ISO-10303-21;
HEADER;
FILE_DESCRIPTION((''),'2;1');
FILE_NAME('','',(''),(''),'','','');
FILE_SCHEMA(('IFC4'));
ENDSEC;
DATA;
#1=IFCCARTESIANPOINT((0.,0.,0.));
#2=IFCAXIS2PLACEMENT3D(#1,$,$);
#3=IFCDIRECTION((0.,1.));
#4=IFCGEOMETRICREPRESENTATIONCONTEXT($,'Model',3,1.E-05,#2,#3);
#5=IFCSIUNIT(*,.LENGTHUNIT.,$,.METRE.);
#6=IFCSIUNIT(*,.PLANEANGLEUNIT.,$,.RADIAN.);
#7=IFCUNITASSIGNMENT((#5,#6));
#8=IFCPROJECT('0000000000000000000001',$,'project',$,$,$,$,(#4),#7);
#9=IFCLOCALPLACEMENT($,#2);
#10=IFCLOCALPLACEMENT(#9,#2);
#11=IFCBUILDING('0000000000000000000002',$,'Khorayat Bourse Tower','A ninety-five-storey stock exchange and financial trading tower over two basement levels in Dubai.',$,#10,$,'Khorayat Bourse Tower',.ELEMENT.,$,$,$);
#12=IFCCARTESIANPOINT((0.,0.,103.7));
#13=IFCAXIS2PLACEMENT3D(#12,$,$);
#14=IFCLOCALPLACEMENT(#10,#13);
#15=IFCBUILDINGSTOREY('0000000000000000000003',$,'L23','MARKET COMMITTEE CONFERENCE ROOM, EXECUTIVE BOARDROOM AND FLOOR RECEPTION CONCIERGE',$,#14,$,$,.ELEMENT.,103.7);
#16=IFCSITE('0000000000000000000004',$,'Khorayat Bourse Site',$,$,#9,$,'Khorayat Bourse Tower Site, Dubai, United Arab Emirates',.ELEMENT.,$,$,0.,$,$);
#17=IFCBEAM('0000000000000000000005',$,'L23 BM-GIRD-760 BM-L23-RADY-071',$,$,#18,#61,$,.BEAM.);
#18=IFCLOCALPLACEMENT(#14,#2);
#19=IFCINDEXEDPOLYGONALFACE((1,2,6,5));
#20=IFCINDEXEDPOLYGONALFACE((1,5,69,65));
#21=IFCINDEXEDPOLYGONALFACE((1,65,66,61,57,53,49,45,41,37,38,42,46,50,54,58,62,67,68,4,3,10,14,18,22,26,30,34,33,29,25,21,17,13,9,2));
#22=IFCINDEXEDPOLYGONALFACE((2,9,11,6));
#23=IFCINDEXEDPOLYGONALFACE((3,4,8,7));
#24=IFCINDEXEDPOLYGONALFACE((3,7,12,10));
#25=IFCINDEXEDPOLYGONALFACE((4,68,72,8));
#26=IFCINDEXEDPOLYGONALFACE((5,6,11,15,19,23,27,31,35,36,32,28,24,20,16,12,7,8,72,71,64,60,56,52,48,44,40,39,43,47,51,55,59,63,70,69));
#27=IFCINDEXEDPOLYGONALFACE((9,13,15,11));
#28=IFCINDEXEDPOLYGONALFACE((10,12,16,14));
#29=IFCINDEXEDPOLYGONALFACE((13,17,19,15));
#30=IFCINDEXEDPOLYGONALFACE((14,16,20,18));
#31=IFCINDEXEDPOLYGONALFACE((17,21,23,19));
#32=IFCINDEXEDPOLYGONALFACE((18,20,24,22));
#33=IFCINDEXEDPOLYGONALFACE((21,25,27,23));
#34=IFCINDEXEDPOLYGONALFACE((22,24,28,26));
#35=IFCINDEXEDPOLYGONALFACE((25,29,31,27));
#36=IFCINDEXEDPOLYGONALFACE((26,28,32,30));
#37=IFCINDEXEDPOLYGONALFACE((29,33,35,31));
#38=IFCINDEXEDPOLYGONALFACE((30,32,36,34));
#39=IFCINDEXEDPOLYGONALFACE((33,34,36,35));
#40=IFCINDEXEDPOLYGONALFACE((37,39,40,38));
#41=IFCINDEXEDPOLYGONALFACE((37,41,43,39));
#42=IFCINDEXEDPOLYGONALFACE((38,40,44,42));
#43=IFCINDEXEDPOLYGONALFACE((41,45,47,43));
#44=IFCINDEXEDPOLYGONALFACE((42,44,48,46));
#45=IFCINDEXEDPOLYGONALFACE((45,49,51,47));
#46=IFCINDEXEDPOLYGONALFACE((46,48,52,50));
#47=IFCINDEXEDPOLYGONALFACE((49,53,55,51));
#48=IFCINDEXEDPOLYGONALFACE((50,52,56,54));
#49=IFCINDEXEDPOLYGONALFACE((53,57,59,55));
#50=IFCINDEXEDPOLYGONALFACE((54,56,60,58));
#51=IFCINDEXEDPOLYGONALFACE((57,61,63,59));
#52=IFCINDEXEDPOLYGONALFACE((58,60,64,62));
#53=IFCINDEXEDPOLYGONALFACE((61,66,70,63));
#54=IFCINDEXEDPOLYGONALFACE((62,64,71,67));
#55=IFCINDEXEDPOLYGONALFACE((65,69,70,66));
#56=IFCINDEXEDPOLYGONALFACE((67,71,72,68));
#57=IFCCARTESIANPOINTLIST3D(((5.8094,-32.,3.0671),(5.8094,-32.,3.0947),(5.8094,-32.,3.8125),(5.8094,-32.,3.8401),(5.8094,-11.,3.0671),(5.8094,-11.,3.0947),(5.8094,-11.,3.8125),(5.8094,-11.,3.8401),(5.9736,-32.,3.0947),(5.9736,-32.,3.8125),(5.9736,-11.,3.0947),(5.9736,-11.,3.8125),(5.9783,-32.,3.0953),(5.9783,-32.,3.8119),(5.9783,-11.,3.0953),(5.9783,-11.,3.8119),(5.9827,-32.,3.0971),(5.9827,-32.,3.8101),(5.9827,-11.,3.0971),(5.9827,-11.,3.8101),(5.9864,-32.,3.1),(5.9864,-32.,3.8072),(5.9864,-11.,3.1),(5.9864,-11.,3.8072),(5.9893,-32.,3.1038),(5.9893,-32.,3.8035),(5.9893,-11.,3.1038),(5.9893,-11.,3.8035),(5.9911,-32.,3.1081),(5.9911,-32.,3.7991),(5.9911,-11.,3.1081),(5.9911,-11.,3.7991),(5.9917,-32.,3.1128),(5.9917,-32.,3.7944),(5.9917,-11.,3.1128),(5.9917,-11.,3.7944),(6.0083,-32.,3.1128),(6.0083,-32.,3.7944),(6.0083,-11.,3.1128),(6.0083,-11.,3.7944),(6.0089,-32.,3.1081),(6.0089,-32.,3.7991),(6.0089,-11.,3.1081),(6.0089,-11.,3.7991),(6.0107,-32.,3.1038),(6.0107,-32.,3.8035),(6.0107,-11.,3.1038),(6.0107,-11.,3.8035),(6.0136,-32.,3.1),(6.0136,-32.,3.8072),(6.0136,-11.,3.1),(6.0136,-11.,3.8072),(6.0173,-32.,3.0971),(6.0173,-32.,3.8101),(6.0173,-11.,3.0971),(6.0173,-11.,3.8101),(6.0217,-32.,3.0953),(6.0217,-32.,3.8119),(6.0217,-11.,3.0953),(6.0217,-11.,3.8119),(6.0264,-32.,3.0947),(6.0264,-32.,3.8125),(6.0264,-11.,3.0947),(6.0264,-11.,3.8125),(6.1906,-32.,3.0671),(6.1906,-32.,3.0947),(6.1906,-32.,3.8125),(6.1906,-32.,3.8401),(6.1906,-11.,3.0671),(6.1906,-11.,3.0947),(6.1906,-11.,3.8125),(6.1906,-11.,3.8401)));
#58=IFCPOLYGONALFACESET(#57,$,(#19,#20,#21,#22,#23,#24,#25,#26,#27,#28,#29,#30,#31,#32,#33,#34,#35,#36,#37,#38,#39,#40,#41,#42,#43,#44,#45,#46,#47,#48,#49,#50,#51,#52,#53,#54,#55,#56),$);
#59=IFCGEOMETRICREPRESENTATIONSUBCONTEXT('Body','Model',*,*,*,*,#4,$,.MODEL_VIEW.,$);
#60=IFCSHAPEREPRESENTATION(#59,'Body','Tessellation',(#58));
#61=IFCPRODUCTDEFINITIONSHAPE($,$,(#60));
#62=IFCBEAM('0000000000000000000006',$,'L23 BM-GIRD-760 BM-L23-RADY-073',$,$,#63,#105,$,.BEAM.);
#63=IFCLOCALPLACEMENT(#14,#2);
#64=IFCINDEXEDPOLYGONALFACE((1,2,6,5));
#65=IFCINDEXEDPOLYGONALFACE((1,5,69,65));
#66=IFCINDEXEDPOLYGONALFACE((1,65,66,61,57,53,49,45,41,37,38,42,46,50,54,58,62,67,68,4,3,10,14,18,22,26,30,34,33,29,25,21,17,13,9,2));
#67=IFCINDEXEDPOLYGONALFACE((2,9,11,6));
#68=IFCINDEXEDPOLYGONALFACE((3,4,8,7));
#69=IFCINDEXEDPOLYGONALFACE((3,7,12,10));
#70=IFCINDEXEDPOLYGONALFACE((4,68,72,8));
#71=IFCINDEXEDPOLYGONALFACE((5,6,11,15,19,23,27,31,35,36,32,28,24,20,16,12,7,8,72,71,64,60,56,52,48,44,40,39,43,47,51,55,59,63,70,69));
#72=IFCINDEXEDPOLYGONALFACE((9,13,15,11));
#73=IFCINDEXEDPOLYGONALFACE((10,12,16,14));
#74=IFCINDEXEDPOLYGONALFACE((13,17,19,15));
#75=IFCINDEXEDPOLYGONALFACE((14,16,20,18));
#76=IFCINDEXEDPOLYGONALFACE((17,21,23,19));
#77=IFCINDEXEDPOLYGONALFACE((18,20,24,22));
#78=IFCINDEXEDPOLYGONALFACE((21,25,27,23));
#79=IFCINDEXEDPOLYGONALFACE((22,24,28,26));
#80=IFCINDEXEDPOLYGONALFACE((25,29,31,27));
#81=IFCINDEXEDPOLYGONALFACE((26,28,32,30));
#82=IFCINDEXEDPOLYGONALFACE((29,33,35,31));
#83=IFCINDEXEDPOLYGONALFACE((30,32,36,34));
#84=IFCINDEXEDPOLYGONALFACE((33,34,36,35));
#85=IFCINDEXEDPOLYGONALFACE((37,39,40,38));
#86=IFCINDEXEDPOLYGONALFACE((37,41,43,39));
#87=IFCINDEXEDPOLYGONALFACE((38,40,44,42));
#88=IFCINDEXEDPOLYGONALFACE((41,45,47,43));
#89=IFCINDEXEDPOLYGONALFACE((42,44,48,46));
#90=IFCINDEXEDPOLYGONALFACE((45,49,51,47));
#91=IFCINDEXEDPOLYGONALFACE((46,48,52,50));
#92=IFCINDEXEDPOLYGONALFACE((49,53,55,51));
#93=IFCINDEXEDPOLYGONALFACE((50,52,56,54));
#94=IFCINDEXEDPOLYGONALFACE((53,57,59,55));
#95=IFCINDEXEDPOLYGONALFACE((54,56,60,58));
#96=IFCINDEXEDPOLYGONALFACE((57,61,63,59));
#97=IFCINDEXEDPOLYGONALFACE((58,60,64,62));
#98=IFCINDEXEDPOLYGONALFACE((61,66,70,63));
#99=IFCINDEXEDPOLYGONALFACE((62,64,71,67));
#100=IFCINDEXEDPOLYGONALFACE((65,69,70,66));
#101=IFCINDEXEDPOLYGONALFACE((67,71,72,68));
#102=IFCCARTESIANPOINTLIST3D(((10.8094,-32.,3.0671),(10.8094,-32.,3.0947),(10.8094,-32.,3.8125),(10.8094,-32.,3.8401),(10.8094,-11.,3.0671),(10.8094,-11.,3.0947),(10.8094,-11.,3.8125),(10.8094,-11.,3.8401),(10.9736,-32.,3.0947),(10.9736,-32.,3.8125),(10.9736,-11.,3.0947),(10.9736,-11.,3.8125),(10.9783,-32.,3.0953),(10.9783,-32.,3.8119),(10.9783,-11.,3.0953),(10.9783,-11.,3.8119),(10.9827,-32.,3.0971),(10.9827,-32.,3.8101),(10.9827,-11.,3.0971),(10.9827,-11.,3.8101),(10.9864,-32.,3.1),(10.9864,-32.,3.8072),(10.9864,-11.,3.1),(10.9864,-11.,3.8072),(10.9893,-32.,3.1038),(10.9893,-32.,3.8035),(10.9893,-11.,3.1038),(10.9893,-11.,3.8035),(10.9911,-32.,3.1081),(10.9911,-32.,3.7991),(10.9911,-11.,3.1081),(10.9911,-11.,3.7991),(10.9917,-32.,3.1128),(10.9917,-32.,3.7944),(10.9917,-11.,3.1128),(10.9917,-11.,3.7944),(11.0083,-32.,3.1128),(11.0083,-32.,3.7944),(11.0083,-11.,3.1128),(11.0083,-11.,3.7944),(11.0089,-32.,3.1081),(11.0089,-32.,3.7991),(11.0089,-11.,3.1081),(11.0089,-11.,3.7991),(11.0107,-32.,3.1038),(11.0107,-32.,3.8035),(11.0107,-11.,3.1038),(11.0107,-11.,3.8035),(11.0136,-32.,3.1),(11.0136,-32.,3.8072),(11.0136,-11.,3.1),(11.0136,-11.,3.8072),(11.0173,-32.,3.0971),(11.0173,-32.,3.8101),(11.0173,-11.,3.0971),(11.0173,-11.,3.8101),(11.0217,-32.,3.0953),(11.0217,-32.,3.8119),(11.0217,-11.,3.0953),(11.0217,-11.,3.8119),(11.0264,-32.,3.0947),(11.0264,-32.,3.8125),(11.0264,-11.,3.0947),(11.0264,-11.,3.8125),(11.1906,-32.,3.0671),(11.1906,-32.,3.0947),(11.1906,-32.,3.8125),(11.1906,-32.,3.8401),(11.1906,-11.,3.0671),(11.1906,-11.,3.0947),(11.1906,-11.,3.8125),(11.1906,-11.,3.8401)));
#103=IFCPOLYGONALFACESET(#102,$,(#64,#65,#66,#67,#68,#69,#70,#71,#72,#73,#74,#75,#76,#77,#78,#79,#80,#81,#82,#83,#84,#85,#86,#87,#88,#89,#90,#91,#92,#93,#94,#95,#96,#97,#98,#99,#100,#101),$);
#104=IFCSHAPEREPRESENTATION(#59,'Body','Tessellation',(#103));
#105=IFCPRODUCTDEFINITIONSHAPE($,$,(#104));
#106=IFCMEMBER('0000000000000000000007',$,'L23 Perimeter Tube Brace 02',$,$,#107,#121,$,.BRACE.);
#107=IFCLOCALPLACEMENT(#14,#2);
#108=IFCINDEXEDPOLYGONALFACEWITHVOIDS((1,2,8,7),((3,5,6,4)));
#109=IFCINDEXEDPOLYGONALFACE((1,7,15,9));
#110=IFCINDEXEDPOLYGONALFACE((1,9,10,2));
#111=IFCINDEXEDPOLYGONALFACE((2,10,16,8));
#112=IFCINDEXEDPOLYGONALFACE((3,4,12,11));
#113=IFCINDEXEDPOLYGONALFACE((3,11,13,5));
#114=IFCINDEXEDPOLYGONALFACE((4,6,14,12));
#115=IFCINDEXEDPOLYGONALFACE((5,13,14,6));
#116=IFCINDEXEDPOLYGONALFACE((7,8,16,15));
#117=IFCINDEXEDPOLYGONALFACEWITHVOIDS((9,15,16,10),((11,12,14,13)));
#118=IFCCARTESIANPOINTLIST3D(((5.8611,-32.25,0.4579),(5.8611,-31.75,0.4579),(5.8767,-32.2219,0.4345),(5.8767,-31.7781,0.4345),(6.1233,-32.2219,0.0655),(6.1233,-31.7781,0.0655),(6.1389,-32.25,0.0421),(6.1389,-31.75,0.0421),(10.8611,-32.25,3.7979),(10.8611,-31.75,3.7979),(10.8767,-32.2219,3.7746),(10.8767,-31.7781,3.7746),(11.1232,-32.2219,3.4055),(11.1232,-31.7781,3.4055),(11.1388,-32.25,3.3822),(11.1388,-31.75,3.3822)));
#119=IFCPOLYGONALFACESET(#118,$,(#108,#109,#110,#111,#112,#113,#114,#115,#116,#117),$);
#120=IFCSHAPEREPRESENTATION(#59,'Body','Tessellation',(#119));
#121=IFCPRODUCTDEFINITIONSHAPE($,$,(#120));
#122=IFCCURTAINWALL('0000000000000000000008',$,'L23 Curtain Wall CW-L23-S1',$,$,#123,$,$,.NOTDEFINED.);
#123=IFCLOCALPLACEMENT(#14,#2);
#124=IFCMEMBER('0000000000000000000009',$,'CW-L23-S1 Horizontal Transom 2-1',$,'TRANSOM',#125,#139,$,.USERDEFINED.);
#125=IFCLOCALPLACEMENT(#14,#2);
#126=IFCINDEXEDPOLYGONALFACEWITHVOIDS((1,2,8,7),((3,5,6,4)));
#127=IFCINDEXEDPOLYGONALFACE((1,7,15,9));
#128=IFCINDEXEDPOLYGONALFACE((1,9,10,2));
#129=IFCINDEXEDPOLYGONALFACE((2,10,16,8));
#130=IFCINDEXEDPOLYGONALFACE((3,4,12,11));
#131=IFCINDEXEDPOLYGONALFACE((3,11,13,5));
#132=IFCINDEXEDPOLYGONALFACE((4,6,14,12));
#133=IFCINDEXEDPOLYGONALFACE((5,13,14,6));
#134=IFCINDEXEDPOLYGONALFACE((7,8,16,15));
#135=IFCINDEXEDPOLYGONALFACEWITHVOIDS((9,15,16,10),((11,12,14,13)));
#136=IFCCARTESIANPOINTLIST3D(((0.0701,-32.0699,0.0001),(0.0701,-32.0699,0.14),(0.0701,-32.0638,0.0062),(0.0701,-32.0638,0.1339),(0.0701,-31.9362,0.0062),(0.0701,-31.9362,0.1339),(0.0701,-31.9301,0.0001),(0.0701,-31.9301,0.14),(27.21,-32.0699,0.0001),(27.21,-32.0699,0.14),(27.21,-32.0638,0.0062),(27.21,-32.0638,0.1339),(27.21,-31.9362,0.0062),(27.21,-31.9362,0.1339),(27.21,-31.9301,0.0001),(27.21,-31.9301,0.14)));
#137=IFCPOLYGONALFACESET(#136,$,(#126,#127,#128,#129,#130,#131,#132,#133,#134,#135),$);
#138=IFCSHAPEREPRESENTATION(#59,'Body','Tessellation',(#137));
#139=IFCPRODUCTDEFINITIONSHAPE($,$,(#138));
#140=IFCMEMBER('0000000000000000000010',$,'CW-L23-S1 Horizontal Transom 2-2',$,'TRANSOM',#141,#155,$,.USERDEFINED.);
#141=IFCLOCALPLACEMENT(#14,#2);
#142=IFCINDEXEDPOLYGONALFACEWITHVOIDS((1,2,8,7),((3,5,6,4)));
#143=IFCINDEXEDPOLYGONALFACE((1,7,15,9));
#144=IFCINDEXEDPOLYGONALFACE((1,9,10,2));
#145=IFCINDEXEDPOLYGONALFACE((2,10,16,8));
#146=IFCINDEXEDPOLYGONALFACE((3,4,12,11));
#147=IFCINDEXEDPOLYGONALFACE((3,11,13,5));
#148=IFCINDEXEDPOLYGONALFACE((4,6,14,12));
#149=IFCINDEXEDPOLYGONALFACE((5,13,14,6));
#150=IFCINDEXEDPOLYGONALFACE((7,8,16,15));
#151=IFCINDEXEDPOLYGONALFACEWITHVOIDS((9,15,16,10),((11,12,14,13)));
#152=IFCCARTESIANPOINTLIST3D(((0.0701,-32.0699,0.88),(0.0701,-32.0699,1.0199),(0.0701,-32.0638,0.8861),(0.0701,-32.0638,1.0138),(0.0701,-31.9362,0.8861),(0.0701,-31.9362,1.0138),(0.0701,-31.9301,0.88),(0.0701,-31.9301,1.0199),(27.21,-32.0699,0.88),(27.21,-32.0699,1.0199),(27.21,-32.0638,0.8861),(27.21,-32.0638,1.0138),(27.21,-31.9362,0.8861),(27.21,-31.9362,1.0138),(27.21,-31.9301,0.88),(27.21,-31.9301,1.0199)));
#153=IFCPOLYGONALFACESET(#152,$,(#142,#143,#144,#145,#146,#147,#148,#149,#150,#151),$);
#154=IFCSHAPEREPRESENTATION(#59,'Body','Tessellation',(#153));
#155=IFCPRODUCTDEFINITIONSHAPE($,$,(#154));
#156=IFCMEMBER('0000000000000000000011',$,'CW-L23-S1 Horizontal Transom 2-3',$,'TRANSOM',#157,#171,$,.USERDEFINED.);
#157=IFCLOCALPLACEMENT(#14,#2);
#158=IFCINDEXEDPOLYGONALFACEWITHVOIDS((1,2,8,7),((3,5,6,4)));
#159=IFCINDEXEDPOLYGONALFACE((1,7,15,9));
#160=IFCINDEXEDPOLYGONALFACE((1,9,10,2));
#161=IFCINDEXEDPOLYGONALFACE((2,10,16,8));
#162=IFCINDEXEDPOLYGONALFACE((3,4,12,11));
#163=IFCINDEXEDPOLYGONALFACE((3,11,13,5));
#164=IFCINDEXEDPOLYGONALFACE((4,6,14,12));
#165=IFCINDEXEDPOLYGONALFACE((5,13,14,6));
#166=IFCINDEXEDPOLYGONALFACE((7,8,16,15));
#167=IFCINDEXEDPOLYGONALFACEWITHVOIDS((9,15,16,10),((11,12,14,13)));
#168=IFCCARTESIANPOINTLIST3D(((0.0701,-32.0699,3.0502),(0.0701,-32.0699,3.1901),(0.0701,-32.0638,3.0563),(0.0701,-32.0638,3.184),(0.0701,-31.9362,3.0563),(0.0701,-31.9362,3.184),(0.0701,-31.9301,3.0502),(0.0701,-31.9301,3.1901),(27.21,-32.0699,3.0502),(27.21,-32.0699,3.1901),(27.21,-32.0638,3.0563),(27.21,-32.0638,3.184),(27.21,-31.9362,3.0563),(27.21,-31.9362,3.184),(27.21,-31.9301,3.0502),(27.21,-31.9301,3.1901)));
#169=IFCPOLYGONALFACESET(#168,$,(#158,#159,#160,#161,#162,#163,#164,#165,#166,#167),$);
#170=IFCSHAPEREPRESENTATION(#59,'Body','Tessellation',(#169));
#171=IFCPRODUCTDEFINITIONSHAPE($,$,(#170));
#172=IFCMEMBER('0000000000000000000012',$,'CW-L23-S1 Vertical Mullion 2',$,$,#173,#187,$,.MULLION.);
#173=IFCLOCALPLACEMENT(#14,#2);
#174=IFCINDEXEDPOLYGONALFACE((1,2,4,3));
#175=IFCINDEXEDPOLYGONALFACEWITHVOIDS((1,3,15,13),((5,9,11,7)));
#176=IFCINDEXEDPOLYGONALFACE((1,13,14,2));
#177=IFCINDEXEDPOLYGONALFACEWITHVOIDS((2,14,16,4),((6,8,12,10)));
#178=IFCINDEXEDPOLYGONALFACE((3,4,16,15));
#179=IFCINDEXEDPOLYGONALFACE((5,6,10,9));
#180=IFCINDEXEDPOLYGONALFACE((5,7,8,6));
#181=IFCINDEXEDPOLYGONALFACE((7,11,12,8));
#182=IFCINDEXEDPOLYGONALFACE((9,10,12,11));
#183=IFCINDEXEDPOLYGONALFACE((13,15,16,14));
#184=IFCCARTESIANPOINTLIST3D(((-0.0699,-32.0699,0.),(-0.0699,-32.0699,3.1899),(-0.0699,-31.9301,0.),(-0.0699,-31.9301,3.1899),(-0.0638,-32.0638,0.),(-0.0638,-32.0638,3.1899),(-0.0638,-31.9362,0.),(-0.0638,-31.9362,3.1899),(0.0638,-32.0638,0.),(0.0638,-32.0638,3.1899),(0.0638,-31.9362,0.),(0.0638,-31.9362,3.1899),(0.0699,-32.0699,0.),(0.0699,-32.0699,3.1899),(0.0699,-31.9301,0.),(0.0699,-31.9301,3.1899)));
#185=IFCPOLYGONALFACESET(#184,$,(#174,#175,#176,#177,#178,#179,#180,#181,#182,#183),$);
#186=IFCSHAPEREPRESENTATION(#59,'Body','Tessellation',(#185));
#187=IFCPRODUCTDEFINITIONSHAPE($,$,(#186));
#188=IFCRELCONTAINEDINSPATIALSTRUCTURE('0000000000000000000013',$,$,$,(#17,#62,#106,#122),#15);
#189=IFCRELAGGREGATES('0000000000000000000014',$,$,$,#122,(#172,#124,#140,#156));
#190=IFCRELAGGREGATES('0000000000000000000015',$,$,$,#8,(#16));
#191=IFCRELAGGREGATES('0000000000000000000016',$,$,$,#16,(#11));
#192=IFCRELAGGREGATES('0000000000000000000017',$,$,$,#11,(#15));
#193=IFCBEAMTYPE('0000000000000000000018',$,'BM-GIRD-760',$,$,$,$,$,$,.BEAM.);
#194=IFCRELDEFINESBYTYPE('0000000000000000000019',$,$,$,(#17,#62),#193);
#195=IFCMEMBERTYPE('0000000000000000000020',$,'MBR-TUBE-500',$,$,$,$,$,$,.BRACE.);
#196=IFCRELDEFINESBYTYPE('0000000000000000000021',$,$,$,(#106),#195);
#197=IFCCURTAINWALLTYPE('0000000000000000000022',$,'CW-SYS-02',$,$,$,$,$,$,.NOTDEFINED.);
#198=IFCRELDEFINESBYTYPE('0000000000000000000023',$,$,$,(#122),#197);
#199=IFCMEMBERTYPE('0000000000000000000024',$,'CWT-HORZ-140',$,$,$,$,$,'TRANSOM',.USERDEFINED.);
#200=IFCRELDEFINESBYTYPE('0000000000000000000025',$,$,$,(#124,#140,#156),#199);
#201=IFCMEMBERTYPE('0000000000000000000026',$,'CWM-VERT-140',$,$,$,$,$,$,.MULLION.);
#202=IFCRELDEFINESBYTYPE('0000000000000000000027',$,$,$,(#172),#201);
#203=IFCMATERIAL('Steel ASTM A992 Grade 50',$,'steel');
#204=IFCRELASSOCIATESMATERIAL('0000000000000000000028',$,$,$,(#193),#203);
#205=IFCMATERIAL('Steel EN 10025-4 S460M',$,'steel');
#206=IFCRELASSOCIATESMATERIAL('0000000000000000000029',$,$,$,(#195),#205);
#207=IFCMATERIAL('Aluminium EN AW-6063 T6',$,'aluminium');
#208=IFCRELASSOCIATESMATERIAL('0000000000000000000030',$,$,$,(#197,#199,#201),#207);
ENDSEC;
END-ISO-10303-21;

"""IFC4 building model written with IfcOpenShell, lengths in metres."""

from ifc_helpers import new_model, si_unit, direction, frame, origin, origin_2d, place, context, subcontext, project, spatial, hollow_rectangle, i_section, extrude, source, transform, mapped, material, material_profile, profile_set, type_object, element, aggregate, save


model = new_model("IFC4")

# Units and contexts
model_context = context("Model", 3, precision=1e-05, world=origin(), true_north=direction((0.0, 1.0)))
body_context = subcontext(model_context, "Body", "Model", "MODEL_VIEW")
ifc_project = project(units=[si_unit("LENGTHUNIT", "METRE"), si_unit("PLANEANGLEUNIT", "RADIAN")], contexts=[model_context])

# Site, building, storey
site_placement = place(None, origin())
site = spatial("IfcSite", under=ifc_project, at=site_placement, Name="Khorayat Bourse Site", LongName="Khorayat Bourse Tower Site, Dubai, United Arab Emirates", CompositionType="ELEMENT", RefElevation=0.0)
building_placement = place(site_placement, origin())
building = spatial("IfcBuilding", under=site, at=building_placement, Name="Khorayat Bourse Tower", Description="A ninety-five-storey stock exchange and financial trading tower over two basement levels in Dubai.", LongName="Khorayat Bourse Tower", CompositionType="ELEMENT")
storey_placement = place(building_placement, frame((0.0, 0.0, 103.7)))
storey = spatial("IfcBuildingStorey", under=building, at=storey_placement, Name="L23", Description="MARKET COMMITTEE CONFERENCE ROOM, EXECUTIVE BOARDROOM AND FLOOR RECEPTION CONCIERGE", CompositionType="ELEMENT", Elevation=103.7)

# Shared definitions
ifc_material_1 = material(Name="Steel EN 10025-4 S460M", Category="steel")

# Beams
ifc_material_2 = material(Name="Steel ASTM A992 Grade 50", Category="steel")
ifc_material_profile_1 = material_profile(ifc_material_2, i_section(OverallWidth=0.3811, OverallDepth=0.7729, WebThickness=0.0166, FlangeThickness=0.0276, FilletRadius=0.0181, at=origin_2d()), Name="W760X257")
ifc_profile_set_1 = profile_set([ifc_material_profile_1], Name="Steel ASTM A992 Grade 50")
beam_type_1 = type_object("IfcBeamType", Name="BM-GIRD-760", PredefinedType="BEAM", material=ifc_profile_set_1)
shared_shape_1 = source(origin(), body_context, "Body", "SweptSolid", [
    extrude(i_section(OverallWidth=0.3811, OverallDepth=0.7729, WebThickness=0.0166, FlangeThickness=0.0276, FilletRadius=0.0181, at=origin_2d()), origin(), (0.0, 0.0, 1.0), 21.0),
])
for number, where, z_axis, x_axis, name in (
    (1, (6.0, -32.0, 3.4536), (0.0, 1.0, 0.0), (-1.0, 0.0, 0.0), "L23 BM-GIRD-760 BM-L23-RADY-071"),
    (2, (11.0, -32.0, 3.4536), (0.0, 1.0, 0.0), (-1.0, 0.0, 0.0), "L23 BM-GIRD-760 BM-L23-RADY-073"),
):
    element("IfcBeam", number, at=place(storey_placement, frame(where, z_axis=z_axis, x_axis=x_axis)), inside=storey, type_object=beam_type_1, Name=name, PredefinedType="BEAM", context=body_context, shape_type="MappedRepresentation", body=[
        mapped(shared_shape_1, transform((0.0, 0.0, 0.0), scale=1.0)),
    ])

# Member
ifc_material_profile_2 = material_profile(ifc_material_1, hollow_rectangle(XDim=0.5, YDim=0.5, WallThickness=0.0281, at=origin_2d()), Name="HSS 500x500x28")
ifc_profile_set_2 = profile_set([ifc_material_profile_2], Name="Steel EN 10025-4 S460M")
member_type_1 = type_object("IfcMemberType", Name="MBR-TUBE-500", PredefinedType="BRACE", material=ifc_profile_set_2)
shared_shape_2 = source(origin(), body_context, "Body", "SweptSolid", [
    extrude(hollow_rectangle(XDim=0.5, YDim=0.5, WallThickness=0.0281, at=origin_2d()), origin(), (0.0, 0.0, 1.0), 6.0129),
])
member_1_placement = place(storey_placement, frame((6.0, -32.0, 0.25), z_axis=(0.831531, 0.0, 0.555478), x_axis=(0.0, 1.0, 0.0)))
element("IfcMember", 3, at=member_1_placement, inside=storey, type_object=member_type_1, Name="L23 Perimeter Tube Brace 02", PredefinedType="BRACE", context=body_context, shape_type="MappedRepresentation", body=[
    mapped(shared_shape_2, transform((0.0, 0.0, 0.0), scale=1.0)),
])

# Curtain wall, members
ifc_material_3 = material(Name="Aluminium EN AW-6063 T6", Category="aluminium")
curtain_wall_type = type_object("IfcCurtainWallType", Name="CW-SYS-02", PredefinedType="NOTDEFINED", material=ifc_material_3)
curtain_wall_placement = place(storey_placement, origin())
curtain_wall = element("IfcCurtainWall", 4, at=curtain_wall_placement, inside=storey, type_object=curtain_wall_type, Name="L23 Curtain Wall CW-L23-S1", PredefinedType="NOTDEFINED")
ifc_material_profile_3 = material_profile(ifc_material_3, hollow_rectangle(XDim=0.1399, YDim=0.1399, WallThickness=0.0061, at=origin_2d()), Name="ALU 140x140x6")
ifc_profile_set_3 = profile_set([ifc_material_profile_3], Name="Aluminium EN AW-6063 T6")
member_type_2 = type_object("IfcMemberType", Name="CWT-HORZ-140", ElementType="TRANSOM", PredefinedType="USERDEFINED", material=ifc_profile_set_3)
shared_shape_3 = source(origin(), body_context, "Body", "SweptSolid", [
    extrude(hollow_rectangle(XDim=0.1399, YDim=0.1399, WallThickness=0.0061, at=origin_2d()), origin(), (0.0, 0.0, 1.0), 27.1399),
])
member_2_placement = place(storey_placement, frame((0.0701, -32.0, 0.0701), z_axis=(1.0, 0.0, 0.0), x_axis=(0.0, 1.0, 0.0)))
member_2 = element("IfcMember", 5, at=member_2_placement, type_object=member_type_2, Name="CW-L23-S1 Horizontal Transom 2-1", ObjectType="TRANSOM", PredefinedType="USERDEFINED", context=body_context, shape_type="MappedRepresentation", body=[
    mapped(shared_shape_3, transform((0.0, 0.0, 0.0), scale=1.0)),
])
member_3_placement = place(storey_placement, frame((0.0701, -32.0, 0.95), z_axis=(1.0, 0.0, 0.0), x_axis=(0.0, 1.0, 0.0)))
member_3 = element("IfcMember", 6, at=member_3_placement, type_object=member_type_2, Name="CW-L23-S1 Horizontal Transom 2-2", ObjectType="TRANSOM", PredefinedType="USERDEFINED", context=body_context, shape_type="MappedRepresentation", body=[
    mapped(shared_shape_3, transform((0.0, 0.0, 0.0), scale=1.0)),
])
member_4_placement = place(storey_placement, frame((0.0701, -32.0, 3.1201), z_axis=(1.0, 0.0, 0.0), x_axis=(0.0, 1.0, 0.0)))
member_4 = element("IfcMember", 7, at=member_4_placement, type_object=member_type_2, Name="CW-L23-S1 Horizontal Transom 2-3", ObjectType="TRANSOM", PredefinedType="USERDEFINED", context=body_context, shape_type="MappedRepresentation", body=[
    mapped(shared_shape_3, transform((0.0, 0.0, 0.0), scale=1.0)),
])
ifc_material_profile_4 = material_profile(ifc_material_3, hollow_rectangle(XDim=0.1399, YDim=0.1399, WallThickness=0.0061, at=origin_2d()), Name="ALU 140x140x6")
ifc_profile_set_4 = profile_set([ifc_material_profile_4], Name="Aluminium EN AW-6063 T6")
member_type_3 = type_object("IfcMemberType", Name="CWM-VERT-140", PredefinedType="MULLION", material=ifc_profile_set_4)
shared_shape_4 = source(origin(), body_context, "Body", "SweptSolid", [
    extrude(hollow_rectangle(XDim=0.1399, YDim=0.1399, WallThickness=0.0061, at=origin_2d()), origin(), (0.0, 0.0, 1.0), 3.1899),
])
member_5_placement = place(storey_placement, frame((0.0, -32.0, 0.0), z_axis=(0.0, 0.0, 1.0), x_axis=(0.0, 1.0, 0.0)))
member_5 = element("IfcMember", 8, at=member_5_placement, type_object=member_type_3, Name="CW-L23-S1 Vertical Mullion 2", PredefinedType="MULLION", context=body_context, shape_type="MappedRepresentation", body=[
    mapped(shared_shape_4, transform((0.0, 0.0, 0.0), scale=1.0)),
])
aggregate(curtain_wall, [member_5, member_2, member_3, member_4])

save(model, "model.ifc")
